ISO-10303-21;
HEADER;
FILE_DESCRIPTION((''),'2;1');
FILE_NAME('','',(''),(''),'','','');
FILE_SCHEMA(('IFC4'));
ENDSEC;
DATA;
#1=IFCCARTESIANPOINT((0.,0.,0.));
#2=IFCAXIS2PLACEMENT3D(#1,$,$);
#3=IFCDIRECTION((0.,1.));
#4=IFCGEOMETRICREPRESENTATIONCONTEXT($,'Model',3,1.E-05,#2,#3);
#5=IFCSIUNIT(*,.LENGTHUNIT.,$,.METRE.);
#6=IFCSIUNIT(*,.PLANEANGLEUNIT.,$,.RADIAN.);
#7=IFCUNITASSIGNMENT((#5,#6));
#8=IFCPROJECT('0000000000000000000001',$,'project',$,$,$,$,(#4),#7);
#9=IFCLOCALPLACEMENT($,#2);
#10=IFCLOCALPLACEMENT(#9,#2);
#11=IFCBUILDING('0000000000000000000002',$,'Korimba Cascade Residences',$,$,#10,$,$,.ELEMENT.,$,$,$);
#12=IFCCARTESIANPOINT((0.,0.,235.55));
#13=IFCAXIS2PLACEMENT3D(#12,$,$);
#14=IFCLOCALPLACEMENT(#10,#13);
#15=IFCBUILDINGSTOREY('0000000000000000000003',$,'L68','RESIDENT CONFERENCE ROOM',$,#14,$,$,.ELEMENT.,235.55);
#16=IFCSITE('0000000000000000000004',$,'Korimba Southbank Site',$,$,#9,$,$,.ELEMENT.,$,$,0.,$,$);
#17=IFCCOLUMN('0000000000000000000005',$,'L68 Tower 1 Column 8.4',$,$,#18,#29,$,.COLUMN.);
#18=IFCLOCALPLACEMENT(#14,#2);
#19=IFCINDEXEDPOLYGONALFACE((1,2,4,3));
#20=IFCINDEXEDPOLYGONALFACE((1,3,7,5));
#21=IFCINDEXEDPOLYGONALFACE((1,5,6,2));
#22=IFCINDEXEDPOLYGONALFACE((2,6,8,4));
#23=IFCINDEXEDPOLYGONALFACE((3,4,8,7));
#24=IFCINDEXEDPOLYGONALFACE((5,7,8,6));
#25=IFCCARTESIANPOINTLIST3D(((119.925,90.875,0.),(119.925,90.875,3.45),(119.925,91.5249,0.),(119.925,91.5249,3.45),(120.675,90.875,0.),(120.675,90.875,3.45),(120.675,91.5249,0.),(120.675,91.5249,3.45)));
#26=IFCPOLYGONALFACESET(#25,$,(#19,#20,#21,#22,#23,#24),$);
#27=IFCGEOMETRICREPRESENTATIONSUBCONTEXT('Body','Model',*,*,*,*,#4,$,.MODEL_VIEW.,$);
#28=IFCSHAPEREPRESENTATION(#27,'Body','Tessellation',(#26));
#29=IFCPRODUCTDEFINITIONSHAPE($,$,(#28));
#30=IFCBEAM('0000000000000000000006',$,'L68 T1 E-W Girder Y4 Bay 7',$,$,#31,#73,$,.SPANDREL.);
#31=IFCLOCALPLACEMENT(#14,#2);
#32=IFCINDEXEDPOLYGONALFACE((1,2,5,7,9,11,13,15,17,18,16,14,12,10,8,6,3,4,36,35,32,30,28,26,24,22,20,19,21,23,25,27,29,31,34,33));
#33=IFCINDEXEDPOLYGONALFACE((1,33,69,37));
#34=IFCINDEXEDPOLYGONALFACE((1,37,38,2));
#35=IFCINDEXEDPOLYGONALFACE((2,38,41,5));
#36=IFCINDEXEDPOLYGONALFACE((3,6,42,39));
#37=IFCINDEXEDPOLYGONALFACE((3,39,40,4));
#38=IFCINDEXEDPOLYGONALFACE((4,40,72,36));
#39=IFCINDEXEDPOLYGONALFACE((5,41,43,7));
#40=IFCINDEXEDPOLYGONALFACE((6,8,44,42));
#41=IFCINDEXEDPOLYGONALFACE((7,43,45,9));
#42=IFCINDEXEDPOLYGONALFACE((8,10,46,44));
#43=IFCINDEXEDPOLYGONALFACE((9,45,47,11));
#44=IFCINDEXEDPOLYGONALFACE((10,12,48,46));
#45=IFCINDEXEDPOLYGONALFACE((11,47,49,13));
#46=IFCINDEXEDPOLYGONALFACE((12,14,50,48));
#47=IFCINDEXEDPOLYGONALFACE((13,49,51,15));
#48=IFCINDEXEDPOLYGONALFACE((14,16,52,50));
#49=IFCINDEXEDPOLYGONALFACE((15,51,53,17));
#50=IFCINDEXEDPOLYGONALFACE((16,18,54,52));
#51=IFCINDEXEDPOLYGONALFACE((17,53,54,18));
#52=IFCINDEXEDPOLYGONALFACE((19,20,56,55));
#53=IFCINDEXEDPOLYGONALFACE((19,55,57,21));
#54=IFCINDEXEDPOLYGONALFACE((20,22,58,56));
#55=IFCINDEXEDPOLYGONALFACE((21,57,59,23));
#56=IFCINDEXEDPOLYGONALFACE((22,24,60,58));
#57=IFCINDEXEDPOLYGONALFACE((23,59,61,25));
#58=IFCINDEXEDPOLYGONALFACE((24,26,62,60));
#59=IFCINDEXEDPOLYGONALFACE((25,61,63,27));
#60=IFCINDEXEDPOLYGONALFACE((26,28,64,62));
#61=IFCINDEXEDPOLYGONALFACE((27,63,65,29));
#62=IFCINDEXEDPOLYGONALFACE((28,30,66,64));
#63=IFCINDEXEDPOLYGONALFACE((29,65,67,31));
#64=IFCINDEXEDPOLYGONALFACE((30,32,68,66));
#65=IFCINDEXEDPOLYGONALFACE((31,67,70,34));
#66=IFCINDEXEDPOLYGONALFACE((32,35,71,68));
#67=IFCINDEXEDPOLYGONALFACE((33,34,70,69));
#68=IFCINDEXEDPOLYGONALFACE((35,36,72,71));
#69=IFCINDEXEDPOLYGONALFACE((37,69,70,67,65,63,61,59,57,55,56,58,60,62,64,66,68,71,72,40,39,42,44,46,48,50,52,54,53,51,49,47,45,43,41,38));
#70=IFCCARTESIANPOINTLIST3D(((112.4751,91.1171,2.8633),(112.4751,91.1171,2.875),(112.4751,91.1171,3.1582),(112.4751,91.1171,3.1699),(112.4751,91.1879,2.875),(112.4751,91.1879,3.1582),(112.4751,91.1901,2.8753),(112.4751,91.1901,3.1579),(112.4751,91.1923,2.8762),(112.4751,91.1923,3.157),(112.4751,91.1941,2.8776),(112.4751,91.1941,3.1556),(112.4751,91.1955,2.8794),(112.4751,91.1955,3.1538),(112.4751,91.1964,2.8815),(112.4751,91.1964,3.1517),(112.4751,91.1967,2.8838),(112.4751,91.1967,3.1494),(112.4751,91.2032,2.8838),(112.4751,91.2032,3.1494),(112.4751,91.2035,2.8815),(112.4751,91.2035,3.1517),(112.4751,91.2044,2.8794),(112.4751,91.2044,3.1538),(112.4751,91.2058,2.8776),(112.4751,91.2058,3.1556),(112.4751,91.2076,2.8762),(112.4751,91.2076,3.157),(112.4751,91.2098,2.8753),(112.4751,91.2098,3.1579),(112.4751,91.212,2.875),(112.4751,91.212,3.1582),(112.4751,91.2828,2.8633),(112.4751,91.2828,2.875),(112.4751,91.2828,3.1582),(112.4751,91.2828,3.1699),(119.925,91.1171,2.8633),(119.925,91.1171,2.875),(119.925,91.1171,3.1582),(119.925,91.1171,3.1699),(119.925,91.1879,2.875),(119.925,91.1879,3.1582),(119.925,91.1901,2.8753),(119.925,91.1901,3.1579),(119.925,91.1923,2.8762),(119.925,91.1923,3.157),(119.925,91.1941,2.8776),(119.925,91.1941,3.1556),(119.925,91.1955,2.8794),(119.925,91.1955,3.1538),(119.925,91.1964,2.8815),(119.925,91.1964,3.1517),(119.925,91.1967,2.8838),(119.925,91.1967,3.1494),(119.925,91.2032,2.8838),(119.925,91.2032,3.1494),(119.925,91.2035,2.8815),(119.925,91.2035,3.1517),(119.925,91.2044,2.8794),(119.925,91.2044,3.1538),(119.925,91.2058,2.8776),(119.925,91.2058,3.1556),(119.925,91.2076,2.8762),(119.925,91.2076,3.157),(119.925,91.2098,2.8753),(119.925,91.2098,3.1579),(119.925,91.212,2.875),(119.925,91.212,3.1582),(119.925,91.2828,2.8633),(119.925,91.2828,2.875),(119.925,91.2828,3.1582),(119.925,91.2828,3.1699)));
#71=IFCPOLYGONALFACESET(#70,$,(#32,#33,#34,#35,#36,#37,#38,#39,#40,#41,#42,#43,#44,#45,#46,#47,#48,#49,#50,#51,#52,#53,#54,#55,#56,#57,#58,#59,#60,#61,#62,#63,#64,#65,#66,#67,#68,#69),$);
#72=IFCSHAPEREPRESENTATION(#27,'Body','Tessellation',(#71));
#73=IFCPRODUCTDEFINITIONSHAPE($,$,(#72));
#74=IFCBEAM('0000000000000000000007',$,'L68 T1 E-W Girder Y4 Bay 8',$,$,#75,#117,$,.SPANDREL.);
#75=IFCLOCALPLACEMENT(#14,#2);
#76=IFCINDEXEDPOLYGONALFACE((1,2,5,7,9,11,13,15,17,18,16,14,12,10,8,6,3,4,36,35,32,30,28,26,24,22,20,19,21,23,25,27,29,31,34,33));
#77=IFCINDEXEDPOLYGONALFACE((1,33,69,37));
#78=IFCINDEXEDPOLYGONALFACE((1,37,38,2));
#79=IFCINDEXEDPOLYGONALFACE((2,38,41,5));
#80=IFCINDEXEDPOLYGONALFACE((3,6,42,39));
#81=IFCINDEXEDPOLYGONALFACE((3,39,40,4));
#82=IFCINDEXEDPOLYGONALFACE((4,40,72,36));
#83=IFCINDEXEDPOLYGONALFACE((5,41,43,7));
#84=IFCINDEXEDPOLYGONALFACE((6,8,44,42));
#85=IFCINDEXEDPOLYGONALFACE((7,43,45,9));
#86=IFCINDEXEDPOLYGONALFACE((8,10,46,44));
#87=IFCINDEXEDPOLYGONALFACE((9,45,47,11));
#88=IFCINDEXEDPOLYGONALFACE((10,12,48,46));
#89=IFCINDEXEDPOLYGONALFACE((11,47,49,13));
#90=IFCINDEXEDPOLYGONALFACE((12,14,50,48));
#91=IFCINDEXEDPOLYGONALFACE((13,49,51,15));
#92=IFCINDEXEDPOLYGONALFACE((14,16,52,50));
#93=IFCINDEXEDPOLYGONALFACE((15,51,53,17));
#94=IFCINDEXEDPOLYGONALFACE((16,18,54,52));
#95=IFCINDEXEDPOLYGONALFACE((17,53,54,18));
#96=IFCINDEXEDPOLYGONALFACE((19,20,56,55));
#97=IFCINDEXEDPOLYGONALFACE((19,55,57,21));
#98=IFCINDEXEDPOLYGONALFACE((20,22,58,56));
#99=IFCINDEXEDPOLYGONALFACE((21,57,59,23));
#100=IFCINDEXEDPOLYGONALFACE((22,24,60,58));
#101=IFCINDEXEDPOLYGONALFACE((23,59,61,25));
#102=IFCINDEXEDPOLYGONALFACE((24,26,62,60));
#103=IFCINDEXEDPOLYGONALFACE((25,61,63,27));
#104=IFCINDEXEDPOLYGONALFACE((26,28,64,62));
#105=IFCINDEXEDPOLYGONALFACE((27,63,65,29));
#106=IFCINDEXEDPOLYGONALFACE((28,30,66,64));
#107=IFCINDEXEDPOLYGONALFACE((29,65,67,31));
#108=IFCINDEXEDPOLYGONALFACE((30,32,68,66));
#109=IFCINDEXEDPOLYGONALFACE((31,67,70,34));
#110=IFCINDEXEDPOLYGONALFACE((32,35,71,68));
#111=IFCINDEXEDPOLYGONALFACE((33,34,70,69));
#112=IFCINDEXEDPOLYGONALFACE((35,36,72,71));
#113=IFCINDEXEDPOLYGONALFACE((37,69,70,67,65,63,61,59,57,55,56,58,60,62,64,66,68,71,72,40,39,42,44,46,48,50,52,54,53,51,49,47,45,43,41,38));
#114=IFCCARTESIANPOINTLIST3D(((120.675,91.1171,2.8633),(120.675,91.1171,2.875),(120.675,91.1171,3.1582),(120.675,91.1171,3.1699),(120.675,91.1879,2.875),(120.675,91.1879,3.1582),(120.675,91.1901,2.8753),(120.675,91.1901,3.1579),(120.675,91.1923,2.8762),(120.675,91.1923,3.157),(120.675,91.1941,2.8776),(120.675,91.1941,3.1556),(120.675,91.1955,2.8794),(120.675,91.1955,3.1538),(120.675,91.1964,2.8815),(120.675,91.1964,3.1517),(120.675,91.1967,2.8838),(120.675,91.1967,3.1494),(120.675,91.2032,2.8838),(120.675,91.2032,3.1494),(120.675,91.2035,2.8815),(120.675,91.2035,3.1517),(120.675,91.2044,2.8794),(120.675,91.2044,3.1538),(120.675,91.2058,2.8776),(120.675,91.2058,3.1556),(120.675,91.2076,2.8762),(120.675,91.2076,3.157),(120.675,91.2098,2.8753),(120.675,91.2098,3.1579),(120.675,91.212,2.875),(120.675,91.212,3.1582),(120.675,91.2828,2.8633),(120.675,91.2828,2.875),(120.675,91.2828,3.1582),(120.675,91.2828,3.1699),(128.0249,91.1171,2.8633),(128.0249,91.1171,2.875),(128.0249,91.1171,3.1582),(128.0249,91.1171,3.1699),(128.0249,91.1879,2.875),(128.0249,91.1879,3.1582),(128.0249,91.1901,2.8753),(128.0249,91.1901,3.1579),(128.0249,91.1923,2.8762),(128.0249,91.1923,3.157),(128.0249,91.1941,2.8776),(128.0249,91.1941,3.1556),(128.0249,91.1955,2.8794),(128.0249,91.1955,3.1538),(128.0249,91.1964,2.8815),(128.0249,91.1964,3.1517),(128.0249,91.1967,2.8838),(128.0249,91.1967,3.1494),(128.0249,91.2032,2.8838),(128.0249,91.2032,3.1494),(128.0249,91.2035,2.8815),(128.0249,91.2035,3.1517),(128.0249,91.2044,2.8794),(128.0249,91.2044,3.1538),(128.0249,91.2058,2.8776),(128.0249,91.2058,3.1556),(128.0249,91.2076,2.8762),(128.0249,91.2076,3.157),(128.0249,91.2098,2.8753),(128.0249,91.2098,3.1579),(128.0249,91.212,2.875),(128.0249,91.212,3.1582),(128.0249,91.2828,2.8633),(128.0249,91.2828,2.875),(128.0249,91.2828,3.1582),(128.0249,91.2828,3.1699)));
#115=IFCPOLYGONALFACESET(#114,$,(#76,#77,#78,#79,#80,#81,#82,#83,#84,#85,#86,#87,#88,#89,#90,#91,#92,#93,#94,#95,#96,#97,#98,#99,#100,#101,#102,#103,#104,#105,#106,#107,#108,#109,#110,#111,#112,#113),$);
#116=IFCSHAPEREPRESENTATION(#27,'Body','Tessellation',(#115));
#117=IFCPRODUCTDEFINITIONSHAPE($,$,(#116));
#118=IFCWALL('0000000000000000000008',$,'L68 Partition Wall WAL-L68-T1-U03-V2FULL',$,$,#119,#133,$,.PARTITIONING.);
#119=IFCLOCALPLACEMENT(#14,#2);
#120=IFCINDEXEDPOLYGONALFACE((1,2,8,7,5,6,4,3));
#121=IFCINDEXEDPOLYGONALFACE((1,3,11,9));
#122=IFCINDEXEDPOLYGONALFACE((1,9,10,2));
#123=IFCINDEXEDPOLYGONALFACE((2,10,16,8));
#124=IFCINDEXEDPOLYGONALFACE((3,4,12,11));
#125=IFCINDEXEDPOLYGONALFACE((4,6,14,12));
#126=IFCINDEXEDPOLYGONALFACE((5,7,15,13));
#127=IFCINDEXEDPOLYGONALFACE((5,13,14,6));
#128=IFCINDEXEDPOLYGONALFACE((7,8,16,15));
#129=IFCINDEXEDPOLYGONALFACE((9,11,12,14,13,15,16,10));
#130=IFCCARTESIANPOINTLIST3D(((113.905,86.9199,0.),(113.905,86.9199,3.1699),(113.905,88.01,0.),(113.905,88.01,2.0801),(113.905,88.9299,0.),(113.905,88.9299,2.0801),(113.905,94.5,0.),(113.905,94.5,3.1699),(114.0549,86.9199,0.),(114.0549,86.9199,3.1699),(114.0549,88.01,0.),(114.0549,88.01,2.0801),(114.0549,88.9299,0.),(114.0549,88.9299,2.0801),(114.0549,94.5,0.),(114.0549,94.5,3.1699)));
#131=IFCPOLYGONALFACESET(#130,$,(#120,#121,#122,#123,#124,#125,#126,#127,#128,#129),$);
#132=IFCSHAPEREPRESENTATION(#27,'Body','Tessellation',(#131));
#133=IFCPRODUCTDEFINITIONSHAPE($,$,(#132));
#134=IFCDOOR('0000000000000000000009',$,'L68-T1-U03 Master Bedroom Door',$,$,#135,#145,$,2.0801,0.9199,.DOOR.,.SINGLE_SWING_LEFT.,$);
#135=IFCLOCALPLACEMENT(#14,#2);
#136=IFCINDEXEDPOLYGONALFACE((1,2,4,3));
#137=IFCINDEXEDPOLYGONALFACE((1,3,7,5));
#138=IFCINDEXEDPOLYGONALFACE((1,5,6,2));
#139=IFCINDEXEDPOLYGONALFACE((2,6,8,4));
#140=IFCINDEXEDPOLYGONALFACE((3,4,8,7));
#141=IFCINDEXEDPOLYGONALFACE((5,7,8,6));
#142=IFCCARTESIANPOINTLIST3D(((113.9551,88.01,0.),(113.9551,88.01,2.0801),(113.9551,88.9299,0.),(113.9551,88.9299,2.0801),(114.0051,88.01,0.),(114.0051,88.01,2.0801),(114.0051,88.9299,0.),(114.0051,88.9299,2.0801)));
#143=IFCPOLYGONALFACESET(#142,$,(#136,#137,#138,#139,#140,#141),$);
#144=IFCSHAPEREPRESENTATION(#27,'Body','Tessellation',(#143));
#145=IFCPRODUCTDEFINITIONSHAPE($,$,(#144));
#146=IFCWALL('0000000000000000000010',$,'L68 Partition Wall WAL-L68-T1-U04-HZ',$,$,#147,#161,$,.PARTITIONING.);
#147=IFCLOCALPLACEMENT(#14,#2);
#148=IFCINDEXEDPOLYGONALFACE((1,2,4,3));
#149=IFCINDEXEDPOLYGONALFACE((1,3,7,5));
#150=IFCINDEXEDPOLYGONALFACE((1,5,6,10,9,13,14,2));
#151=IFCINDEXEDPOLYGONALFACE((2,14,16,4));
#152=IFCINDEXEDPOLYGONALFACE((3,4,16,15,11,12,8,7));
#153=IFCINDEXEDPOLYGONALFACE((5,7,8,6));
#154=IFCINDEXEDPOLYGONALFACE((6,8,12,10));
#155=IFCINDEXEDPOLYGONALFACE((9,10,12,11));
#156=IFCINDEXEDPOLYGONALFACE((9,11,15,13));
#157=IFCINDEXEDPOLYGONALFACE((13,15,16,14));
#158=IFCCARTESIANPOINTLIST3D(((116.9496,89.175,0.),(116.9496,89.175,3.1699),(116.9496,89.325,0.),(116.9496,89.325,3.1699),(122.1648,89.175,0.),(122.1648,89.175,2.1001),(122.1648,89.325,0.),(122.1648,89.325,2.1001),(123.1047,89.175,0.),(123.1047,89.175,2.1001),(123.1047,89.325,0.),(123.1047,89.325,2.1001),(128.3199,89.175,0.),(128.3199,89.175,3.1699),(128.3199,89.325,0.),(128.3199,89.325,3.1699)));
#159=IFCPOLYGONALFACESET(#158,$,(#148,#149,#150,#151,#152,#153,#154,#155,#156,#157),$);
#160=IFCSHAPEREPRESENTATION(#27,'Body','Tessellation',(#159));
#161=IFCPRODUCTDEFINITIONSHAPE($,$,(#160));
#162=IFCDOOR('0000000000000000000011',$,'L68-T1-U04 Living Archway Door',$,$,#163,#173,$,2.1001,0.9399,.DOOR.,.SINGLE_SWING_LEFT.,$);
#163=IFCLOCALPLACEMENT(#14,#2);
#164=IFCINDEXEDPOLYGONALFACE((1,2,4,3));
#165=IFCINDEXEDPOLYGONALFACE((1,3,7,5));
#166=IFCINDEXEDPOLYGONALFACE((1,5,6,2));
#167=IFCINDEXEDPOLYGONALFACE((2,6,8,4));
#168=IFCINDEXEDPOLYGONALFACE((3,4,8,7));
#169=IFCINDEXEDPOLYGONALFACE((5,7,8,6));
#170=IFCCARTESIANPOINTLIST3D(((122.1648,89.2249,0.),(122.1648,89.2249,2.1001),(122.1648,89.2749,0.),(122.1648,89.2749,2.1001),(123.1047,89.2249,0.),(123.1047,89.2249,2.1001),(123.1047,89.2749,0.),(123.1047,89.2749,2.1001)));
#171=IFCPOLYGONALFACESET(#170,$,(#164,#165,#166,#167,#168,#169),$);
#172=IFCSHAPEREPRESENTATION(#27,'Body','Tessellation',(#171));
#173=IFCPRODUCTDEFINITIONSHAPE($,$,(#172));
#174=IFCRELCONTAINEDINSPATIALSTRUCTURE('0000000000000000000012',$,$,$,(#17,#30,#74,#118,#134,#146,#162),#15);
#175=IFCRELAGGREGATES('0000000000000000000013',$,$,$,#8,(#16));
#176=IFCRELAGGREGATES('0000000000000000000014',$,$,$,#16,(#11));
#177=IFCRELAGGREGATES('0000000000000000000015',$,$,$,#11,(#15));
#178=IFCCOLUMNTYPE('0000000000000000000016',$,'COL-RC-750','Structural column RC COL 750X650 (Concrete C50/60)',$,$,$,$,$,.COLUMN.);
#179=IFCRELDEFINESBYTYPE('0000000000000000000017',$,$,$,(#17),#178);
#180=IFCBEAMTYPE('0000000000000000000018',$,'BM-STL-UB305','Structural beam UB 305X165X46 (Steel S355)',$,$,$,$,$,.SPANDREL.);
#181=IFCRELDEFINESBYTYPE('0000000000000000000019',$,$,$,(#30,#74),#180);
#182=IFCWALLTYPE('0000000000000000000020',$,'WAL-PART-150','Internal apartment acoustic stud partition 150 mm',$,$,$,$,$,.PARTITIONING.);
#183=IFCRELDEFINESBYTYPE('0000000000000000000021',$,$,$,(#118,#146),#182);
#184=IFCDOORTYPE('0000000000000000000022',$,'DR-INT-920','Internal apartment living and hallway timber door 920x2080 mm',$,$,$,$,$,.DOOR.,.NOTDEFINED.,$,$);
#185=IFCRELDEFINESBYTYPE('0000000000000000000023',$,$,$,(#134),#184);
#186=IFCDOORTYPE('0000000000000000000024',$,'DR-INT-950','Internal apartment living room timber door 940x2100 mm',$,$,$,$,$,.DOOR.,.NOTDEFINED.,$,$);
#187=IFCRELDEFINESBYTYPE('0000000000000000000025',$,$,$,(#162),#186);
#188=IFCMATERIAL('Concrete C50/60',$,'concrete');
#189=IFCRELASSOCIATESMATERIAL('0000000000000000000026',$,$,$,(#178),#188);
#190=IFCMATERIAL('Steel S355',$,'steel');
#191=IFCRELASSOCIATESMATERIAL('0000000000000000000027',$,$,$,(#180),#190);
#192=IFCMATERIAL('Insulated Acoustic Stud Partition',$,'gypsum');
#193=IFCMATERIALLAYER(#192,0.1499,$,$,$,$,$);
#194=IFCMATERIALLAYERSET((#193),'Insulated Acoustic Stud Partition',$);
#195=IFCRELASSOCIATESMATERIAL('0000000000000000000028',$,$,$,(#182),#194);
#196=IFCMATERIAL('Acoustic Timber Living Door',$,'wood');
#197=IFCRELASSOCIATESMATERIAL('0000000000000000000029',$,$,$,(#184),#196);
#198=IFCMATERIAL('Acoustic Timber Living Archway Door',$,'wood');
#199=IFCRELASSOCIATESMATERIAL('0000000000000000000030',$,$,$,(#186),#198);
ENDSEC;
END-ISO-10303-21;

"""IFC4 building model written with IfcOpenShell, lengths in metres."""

from ifc_helpers import new_model, si_unit, direction, frame, frame_2d, origin, origin_2d, place, context, subcontext, project, spatial, rectangle, i_section, extrude, material, layer, layer_set, material_profile, profile_set, type_object, element, fill, save


model = new_model("IFC4")

# Units and contexts
model_context = context("Model", 3, precision=1e-05, world=origin(), true_north=direction((0.0, 1.0)))
body_context = subcontext(model_context, "Body", "Model", "MODEL_VIEW")
ifc_project = project(units=[si_unit("LENGTHUNIT", "METRE"), si_unit("PLANEANGLEUNIT", "RADIAN")], contexts=[model_context])

# Site, building, storey
site_placement = place(None, origin())
site = spatial("IfcSite", under=ifc_project, at=site_placement, Name="Korimba Southbank Site", CompositionType="ELEMENT", RefElevation=0.0)
building_placement = place(site_placement, origin())
building = spatial("IfcBuilding", under=site, at=building_placement, Name="Korimba Cascade Residences", CompositionType="ELEMENT")
storey_placement = place(building_placement, frame((0.0, 0.0, 235.55)))
storey = spatial("IfcBuildingStorey", under=building, at=storey_placement, Name="L68", Description="RESIDENT CONFERENCE ROOM", CompositionType="ELEMENT", Elevation=235.55)

# Column
ifc_material_1 = material(Name="Concrete C50/60", Category="concrete")
ifc_material_profile_1 = material_profile(ifc_material_1, rectangle(XDim=0.75, YDim=0.6499, at=origin_2d()), Name="Concrete C50/60")
ifc_profile_set_1 = profile_set([ifc_material_profile_1], Name="Concrete C50/60")
column_type = type_object("IfcColumnType", Name="COL-RC-750", Description="Structural column RC COL 750X650 (Concrete C50/60)", PredefinedType="COLUMN", material=ifc_profile_set_1)
column_placement = place(storey_placement, frame((120.3, 91.2, 0.0), z_axis=(0.0, 0.0, 1.0), x_axis=(1.0, 0.0, 0.0)))
element("IfcColumn", 1, at=column_placement, inside=storey, type_object=column_type, Name="L68 Tower 1 Column 8.4", PredefinedType="COLUMN", context=body_context, shape_type="SweptSolid", body=[
    extrude(rectangle(XDim=0.75, YDim=0.6499, at=origin_2d()), origin(), (0.0, 0.0, 1.0), 3.45),
])

# Beams
ifc_material_2 = material(Name="Steel S355", Category="steel")
ifc_material_profile_2 = material_profile(ifc_material_2, i_section(OverallWidth=0.1658, OverallDepth=0.3066, WebThickness=0.0066, FlangeThickness=0.0117, FilletRadius=0.0088, at=origin_2d()), Name="Steel S355")
ifc_profile_set_2 = profile_set([ifc_material_profile_2], Name="Steel S355")
beam_type = type_object("IfcBeamType", Name="BM-STL-UB305", Description="Structural beam UB 305X165X46 (Steel S355)", PredefinedType="SPANDREL", material=ifc_profile_set_2)
beam_1_placement = place(storey_placement, frame((112.4751, 91.2, 3.0166), z_axis=(1.0, 0.0, 0.0), x_axis=(0.0, 1.0, 0.0)))
element("IfcBeam", 2, at=beam_1_placement, inside=storey, type_object=beam_type, Name="L68 T1 E-W Girder Y4 Bay 7", PredefinedType="SPANDREL", context=body_context, shape_type="SweptSolid", body=[
    extrude(i_section(OverallWidth=0.1658, OverallDepth=0.3066, WebThickness=0.0066, FlangeThickness=0.0117, FilletRadius=0.0088, at=origin_2d()), origin(), (0.0, 0.0, 1.0), 7.45),
])
beam_2_placement = place(storey_placement, frame((120.675, 91.2, 3.0166), z_axis=(1.0, 0.0, 0.0), x_axis=(0.0, 1.0, 0.0)))
element("IfcBeam", 3, at=beam_2_placement, inside=storey, type_object=beam_type, Name="L68 T1 E-W Girder Y4 Bay 8", PredefinedType="SPANDREL", context=body_context, shape_type="SweptSolid", body=[
    extrude(i_section(OverallWidth=0.1658, OverallDepth=0.3066, WebThickness=0.0066, FlangeThickness=0.0117, FilletRadius=0.0088, at=origin_2d()), origin(), (0.0, 0.0, 1.0), 7.3499),
])

# Walls, openings, doors
ifc_material_3 = material(Name="Insulated Acoustic Stud Partition", Category="gypsum")
ifc_layer = layer(ifc_material_3, 0.1499)
ifc_layer_set = layer_set([ifc_layer], Name="Insulated Acoustic Stud Partition")
wall_type = type_object("IfcWallType", Name="WAL-PART-150", Description="Internal apartment acoustic stud partition 150 mm", PredefinedType="PARTITIONING", material=ifc_layer_set)
wall_1_placement = place(storey_placement, frame((113.98, 86.9199, 0.0), z_axis=(0.0, 0.0, 1.0), x_axis=(0.0, 1.0, 0.0)))
wall_1 = element("IfcWall", 4, at=wall_1_placement, inside=storey, type_object=wall_type, Name="L68 Partition Wall WAL-L68-T1-U03-V2FULL", PredefinedType="PARTITIONING", context=body_context, shape_type="SweptSolid", body=[
    extrude(rectangle(XDim=7.5801, YDim=0.1499, at=frame_2d((3.79, 0.0))), origin(), (0.0, 0.0, 1.0), 3.1699),
])
opening_1_placement = place(wall_1_placement, frame((1.0901, 0.0, 0.0)))
opening_1 = element("IfcOpeningElement", 5, at=opening_1_placement, cuts=wall_1, PredefinedType="OPENING", context=body_context, shape_type="SweptSolid", body=[
    extrude(rectangle(XDim=0.9199, YDim=2.0801, at=frame_2d((0.46, 1.04))), frame((0.0, 0.085, 0.0), z_axis=(0.0, -1.0, 0.0), x_axis=(1.0, 0.0, 0.0)), (0.0, 0.0, 1.0), 0.1699),
])
ifc_material_4 = material(Name="Acoustic Timber Living Door", Category="wood")
door_type_1 = type_object("IfcDoorType", Name="DR-INT-920", Description="Internal apartment living and hallway timber door 920x2080 mm", OperationType="NOTDEFINED", PredefinedType="DOOR", material=ifc_material_4)
door_1_placement = place(opening_1_placement, origin())
door_1 = element("IfcDoor", 6, at=door_1_placement, inside=storey, type_object=door_type_1, Name="L68-T1-U03 Master Bedroom Door", OperationType="SINGLE_SWING_LEFT", OverallHeight=2.0801, OverallWidth=0.9199, PredefinedType="DOOR", context=body_context, shape_type="SweptSolid", body=[
    extrude(rectangle(XDim=0.9199, YDim=2.0801, at=frame_2d((0.46, 1.04))), frame((0.0, 0.0249, 0.0), z_axis=(0.0, -1.0, 0.0), x_axis=(1.0, 0.0, 0.0)), (0.0, 0.0, 1.0), 0.05),
])
fill(opening_1, door_1)
wall_2_placement = place(storey_placement, frame((116.9497, 89.25, 0.0), z_axis=(0.0, 0.0, 1.0), x_axis=(1.0, 0.0, 0.0)))
wall_2 = element("IfcWall", 7, at=wall_2_placement, inside=storey, type_object=wall_type, Name="L68 Partition Wall WAL-L68-T1-U04-HZ", PredefinedType="PARTITIONING", context=body_context, shape_type="SweptSolid", body=[
    extrude(rectangle(XDim=11.3704, YDim=0.1499, at=frame_2d((5.6851, 0.0))), origin(), (0.0, 0.0, 1.0), 3.1699),
])
opening_2_placement = place(wall_2_placement, frame((5.2151, 0.0, 0.0)))
opening_2 = element("IfcOpeningElement", 8, at=opening_2_placement, cuts=wall_2, PredefinedType="OPENING", context=body_context, shape_type="SweptSolid", body=[
    extrude(rectangle(XDim=0.9399, YDim=2.1001, at=frame_2d((0.47, 1.05))), frame((0.0, 0.085, 0.0), z_axis=(0.0, -1.0, 0.0), x_axis=(1.0, 0.0, 0.0)), (0.0, 0.0, 1.0), 0.1699),
])
ifc_material_5 = material(Name="Acoustic Timber Living Archway Door", Category="wood")
door_type_2 = type_object("IfcDoorType", Name="DR-INT-950", Description="Internal apartment living room timber door 940x2100 mm", OperationType="NOTDEFINED", PredefinedType="DOOR", material=ifc_material_5)
door_2_placement = place(opening_2_placement, origin())
door_2 = element("IfcDoor", 9, at=door_2_placement, inside=storey, type_object=door_type_2, Name="L68-T1-U04 Living Archway Door", OperationType="SINGLE_SWING_LEFT", OverallHeight=2.1001, OverallWidth=0.9399, PredefinedType="DOOR", context=body_context, shape_type="SweptSolid", body=[
    extrude(rectangle(XDim=0.9399, YDim=2.1001, at=frame_2d((0.47, 1.05))), frame((0.0, 0.0249, 0.0), z_axis=(0.0, -1.0, 0.0), x_axis=(1.0, 0.0, 0.0)), (0.0, 0.0, 1.0), 0.05),
])
fill(opening_2, door_2)

save(model, "model.ifc")
